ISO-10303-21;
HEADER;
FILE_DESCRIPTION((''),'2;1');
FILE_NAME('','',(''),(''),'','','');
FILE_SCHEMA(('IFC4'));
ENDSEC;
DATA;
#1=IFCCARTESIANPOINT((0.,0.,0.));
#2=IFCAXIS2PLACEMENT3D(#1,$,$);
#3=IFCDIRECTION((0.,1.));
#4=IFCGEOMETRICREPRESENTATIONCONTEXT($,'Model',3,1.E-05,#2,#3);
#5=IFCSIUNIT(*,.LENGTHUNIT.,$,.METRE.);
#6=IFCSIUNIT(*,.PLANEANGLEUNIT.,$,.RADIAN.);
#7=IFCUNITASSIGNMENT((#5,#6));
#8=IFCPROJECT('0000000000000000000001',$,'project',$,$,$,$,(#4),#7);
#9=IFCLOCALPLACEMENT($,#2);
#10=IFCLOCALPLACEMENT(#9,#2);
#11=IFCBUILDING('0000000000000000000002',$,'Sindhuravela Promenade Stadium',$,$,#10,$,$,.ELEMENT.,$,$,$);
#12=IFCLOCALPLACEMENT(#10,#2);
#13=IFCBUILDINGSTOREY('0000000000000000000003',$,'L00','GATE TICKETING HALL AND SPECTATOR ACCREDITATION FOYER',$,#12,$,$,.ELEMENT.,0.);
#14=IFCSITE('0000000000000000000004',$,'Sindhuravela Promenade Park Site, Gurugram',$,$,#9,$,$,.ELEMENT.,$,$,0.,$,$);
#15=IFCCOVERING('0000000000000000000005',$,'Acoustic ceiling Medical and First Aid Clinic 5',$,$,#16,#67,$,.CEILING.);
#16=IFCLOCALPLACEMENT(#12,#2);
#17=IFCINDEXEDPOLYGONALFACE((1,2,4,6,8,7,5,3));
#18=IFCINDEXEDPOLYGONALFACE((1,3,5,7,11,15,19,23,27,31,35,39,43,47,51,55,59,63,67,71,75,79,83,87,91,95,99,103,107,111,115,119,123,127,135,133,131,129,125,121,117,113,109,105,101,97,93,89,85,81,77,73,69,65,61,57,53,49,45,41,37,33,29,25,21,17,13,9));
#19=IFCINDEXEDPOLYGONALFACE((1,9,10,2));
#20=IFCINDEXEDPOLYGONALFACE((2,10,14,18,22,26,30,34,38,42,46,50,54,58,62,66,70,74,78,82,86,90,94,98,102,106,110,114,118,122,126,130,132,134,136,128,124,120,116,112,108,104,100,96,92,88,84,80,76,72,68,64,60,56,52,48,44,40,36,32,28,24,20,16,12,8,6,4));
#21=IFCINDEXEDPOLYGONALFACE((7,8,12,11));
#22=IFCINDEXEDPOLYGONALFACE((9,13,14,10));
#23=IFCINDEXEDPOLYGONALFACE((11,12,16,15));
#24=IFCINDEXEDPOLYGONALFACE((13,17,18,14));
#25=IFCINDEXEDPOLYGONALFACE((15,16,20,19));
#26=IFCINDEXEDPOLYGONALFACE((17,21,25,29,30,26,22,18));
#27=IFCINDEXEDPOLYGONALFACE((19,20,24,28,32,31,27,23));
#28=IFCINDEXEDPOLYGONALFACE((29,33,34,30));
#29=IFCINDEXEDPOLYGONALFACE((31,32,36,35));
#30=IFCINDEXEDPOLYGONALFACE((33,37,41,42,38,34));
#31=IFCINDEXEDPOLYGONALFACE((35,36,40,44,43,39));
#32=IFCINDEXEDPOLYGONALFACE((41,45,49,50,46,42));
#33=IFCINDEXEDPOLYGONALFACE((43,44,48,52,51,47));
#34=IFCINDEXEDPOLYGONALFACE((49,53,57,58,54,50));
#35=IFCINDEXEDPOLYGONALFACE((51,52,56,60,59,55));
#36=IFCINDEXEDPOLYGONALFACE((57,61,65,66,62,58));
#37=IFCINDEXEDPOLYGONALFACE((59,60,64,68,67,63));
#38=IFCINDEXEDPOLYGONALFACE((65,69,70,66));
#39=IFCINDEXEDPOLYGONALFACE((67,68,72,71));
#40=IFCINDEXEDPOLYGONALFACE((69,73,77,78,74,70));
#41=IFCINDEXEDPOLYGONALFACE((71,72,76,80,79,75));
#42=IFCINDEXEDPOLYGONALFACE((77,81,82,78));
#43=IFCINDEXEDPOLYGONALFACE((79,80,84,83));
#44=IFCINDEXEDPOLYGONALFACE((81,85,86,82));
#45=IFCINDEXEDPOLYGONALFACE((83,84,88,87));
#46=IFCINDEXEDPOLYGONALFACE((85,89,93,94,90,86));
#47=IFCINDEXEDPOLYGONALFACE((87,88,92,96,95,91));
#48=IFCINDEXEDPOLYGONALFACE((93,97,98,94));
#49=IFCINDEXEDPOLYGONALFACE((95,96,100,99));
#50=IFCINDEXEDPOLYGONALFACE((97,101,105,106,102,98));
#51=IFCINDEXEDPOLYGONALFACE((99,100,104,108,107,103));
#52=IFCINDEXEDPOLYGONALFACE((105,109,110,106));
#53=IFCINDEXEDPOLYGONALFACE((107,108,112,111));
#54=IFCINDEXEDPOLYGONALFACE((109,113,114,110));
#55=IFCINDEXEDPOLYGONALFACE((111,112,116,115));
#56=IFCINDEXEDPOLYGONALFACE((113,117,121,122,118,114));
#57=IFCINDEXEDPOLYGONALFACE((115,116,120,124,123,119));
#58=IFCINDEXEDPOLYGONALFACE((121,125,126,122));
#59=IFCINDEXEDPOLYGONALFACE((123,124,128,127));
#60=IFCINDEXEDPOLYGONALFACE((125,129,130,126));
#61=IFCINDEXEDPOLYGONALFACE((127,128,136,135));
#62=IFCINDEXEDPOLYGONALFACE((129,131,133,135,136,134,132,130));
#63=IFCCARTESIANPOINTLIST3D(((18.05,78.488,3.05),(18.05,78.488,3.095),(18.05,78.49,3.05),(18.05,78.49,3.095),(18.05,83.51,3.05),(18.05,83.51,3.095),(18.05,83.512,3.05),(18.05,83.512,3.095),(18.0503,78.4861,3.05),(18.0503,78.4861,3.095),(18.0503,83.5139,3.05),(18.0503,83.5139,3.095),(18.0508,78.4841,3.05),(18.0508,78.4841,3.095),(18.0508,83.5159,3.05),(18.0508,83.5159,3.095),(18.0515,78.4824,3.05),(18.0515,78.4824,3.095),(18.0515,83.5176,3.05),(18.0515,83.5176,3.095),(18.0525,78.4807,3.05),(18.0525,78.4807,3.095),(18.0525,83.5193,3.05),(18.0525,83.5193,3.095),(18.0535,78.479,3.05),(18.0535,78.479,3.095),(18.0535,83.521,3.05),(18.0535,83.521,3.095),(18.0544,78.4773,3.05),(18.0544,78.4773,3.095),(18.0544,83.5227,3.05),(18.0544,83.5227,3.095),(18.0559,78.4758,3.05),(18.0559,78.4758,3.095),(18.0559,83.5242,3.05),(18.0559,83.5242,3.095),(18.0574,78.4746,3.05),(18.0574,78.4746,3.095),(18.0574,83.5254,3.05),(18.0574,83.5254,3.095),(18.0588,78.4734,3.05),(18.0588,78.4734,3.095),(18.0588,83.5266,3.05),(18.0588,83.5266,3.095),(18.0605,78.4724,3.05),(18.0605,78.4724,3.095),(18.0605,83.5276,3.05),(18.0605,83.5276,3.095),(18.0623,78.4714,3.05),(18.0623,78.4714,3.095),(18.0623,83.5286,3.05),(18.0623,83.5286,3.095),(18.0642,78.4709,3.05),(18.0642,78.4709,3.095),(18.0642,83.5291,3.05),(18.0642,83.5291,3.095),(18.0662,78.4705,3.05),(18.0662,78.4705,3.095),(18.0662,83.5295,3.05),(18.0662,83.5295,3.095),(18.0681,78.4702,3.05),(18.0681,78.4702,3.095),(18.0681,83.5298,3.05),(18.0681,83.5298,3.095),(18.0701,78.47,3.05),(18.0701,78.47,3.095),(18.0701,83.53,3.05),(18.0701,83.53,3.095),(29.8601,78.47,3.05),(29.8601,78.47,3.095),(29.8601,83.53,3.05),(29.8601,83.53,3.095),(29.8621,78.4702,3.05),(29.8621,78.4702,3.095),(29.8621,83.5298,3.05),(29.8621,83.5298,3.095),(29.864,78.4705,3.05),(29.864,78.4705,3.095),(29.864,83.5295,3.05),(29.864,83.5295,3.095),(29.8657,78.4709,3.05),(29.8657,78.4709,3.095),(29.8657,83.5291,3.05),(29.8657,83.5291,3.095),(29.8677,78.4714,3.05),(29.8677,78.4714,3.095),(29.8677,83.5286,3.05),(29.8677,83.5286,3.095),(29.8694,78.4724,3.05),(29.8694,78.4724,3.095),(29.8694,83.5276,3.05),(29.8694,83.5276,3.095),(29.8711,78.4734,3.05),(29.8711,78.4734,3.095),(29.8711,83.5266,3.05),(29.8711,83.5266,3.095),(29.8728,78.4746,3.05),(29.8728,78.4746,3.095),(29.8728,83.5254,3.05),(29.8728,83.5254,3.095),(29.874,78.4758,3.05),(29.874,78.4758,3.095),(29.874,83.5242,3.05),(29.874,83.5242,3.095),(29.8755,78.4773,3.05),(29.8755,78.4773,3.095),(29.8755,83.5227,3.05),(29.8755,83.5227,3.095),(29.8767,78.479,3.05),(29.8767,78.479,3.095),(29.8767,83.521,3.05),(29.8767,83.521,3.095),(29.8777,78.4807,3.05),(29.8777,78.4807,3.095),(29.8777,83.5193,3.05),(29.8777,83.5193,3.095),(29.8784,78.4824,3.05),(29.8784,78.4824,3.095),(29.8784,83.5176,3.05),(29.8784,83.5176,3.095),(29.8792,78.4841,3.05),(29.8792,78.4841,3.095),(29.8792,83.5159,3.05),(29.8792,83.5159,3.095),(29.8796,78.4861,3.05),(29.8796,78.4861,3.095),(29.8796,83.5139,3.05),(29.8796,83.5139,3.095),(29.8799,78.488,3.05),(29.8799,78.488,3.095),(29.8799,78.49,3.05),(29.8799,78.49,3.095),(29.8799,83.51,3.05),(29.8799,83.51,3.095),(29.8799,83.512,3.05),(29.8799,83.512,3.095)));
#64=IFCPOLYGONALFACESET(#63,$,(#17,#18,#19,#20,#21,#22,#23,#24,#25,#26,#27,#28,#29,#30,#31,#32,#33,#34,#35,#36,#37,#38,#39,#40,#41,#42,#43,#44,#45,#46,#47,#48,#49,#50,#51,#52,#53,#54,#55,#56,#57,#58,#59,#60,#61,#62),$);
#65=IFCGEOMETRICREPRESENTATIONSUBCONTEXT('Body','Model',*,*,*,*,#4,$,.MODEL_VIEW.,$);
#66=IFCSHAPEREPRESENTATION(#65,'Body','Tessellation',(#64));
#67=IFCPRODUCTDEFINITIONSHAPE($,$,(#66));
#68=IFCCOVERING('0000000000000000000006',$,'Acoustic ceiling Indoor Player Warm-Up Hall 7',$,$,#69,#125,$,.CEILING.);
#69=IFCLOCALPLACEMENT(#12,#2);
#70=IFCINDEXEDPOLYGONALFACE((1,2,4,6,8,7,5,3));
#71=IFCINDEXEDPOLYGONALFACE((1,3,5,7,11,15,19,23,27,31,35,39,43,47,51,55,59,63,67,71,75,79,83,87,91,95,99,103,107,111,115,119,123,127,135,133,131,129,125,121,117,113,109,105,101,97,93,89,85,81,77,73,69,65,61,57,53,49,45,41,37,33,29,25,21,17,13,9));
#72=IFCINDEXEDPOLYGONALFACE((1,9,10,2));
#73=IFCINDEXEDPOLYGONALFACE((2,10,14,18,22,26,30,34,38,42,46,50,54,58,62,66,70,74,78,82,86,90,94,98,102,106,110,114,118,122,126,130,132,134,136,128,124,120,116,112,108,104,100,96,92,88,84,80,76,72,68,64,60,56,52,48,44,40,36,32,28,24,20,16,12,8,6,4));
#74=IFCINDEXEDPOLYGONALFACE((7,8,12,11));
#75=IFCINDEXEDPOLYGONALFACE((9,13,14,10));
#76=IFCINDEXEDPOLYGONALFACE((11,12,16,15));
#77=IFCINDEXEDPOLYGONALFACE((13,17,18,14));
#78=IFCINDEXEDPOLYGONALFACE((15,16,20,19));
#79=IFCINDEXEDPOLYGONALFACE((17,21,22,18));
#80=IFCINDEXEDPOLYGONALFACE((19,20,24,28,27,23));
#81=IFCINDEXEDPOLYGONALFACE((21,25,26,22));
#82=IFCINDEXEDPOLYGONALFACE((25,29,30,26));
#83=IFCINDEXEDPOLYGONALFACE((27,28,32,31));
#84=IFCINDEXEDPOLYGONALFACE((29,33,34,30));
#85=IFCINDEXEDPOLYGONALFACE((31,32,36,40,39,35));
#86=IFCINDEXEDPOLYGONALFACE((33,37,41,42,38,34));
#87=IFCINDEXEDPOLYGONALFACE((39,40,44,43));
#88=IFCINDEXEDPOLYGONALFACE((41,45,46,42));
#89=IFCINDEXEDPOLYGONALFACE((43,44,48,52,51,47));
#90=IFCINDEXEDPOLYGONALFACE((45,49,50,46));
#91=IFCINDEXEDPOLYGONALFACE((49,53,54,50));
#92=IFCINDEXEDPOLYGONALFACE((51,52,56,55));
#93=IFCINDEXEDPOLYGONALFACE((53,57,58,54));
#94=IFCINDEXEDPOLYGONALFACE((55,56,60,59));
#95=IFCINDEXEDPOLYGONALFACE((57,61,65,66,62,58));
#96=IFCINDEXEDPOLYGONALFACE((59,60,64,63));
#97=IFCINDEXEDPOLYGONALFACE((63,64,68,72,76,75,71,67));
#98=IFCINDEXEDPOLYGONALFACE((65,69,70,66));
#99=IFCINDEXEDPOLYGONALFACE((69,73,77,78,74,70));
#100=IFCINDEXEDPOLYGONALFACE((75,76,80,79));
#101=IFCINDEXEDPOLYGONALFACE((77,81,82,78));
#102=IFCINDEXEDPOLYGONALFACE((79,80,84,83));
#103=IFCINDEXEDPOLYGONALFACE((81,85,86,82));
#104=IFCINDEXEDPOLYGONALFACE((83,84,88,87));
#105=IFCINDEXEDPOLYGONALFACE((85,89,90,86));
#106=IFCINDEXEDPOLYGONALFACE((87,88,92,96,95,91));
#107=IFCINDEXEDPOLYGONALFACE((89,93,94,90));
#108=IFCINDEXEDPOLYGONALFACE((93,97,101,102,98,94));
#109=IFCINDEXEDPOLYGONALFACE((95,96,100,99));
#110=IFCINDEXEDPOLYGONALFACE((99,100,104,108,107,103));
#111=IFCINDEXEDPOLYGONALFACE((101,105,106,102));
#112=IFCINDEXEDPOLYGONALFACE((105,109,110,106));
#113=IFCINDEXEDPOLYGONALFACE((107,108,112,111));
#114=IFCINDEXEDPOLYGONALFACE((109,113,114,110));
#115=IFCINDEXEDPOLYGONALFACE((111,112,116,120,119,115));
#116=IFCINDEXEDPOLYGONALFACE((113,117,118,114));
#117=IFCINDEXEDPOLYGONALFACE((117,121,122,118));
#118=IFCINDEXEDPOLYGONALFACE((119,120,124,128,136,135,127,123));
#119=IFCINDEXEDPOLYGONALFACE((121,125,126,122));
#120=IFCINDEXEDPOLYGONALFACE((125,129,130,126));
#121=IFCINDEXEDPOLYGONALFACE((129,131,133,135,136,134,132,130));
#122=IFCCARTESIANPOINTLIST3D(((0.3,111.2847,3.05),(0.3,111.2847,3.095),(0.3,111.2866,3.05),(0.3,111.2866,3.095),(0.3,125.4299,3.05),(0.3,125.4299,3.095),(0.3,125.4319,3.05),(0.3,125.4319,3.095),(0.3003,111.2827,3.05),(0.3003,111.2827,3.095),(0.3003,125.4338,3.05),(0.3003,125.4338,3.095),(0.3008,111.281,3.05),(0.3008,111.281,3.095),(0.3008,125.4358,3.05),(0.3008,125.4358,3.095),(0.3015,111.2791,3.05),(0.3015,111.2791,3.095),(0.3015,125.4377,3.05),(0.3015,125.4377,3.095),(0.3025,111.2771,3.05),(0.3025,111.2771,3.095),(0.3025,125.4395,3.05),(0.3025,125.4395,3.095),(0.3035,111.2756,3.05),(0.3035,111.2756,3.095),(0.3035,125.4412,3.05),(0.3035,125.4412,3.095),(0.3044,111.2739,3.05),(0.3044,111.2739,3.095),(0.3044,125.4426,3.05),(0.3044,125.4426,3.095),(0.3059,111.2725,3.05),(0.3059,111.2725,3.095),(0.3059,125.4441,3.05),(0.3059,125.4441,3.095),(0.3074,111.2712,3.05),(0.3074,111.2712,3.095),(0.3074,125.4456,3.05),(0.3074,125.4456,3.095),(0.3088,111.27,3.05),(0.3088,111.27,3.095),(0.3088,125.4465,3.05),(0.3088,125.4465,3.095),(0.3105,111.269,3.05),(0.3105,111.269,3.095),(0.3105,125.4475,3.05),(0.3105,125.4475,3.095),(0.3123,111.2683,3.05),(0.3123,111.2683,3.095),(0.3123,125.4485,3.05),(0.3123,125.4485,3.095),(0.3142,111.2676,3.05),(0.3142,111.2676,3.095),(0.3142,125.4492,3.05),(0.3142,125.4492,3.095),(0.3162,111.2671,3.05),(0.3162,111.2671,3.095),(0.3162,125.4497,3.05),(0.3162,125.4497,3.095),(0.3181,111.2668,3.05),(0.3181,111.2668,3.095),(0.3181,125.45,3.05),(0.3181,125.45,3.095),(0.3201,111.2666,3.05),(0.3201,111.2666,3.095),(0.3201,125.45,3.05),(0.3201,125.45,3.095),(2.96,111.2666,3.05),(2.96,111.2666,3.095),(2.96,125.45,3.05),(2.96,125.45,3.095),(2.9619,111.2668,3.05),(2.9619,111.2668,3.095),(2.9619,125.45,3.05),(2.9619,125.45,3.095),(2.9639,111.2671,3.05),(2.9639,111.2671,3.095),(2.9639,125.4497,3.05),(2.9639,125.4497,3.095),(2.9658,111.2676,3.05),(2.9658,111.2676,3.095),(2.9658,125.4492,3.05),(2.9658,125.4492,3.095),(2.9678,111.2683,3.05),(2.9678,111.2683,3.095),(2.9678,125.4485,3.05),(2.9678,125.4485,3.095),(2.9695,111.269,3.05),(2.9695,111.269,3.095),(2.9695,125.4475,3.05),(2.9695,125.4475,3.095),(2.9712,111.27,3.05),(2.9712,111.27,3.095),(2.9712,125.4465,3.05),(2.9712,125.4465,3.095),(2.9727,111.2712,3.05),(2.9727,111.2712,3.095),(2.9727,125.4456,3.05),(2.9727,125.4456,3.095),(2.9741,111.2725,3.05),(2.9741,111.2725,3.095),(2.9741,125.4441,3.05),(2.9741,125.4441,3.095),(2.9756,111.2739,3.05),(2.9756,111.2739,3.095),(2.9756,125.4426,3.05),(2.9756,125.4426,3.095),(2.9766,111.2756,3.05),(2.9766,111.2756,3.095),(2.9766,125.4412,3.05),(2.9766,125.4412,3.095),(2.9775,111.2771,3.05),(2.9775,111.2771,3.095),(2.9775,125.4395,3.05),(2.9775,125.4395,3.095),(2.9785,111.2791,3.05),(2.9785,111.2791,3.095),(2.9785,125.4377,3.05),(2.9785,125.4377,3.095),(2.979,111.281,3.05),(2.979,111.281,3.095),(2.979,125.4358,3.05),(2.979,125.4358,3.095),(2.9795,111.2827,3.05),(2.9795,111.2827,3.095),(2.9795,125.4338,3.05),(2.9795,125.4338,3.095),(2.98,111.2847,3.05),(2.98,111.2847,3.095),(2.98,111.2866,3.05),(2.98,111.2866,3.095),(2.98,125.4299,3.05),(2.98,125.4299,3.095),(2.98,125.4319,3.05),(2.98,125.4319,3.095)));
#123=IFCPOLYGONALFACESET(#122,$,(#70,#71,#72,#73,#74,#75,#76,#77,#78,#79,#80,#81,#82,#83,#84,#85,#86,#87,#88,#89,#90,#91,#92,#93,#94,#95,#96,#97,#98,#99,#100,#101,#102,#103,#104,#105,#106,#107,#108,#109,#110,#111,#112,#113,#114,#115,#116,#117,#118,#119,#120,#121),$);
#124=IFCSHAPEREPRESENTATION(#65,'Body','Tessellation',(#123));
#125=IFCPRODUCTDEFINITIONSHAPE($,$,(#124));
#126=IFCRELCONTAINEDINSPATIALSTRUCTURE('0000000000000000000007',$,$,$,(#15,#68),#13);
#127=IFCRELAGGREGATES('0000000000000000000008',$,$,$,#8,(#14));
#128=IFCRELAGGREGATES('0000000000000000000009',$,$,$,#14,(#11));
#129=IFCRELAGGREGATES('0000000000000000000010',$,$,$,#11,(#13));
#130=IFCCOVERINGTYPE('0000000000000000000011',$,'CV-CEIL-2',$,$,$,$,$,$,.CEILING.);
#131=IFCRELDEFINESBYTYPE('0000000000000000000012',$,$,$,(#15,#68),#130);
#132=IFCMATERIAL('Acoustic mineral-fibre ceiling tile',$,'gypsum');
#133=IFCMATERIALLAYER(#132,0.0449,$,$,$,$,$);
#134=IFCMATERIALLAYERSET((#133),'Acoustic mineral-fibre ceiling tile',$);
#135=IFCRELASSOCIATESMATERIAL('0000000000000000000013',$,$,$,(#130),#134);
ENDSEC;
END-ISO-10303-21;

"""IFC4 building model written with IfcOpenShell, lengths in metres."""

from ifc_helpers import new_model, si_unit, direction, frame, origin, place, context, subcontext, project, spatial, polyline, outline, extrude, material, layer, layer_set, type_object, element, save


model = new_model("IFC4")

# Units and contexts
model_context = context("Model", 3, precision=1e-05, world=origin(), true_north=direction((0.0, 1.0)))
body_context = subcontext(model_context, "Body", "Model", "MODEL_VIEW")
ifc_project = project(units=[si_unit("LENGTHUNIT", "METRE"), si_unit("PLANEANGLEUNIT", "RADIAN")], contexts=[model_context])

# Site, building, storey
site_placement = place(None, origin())
site = spatial("IfcSite", under=ifc_project, at=site_placement, Name="Sindhuravela Promenade Park Site, Gurugram", CompositionType="ELEMENT", RefElevation=0.0)
building_placement = place(site_placement, origin())
building = spatial("IfcBuilding", under=site, at=building_placement, Name="Sindhuravela Promenade Stadium", CompositionType="ELEMENT")
storey_placement = place(building_placement, origin())
storey = spatial("IfcBuildingStorey", under=building, at=storey_placement, Name="L00", Description="GATE TICKETING HALL AND SPECTATOR ACCREDITATION FOYER", CompositionType="ELEMENT", Elevation=0.0)

# Coverings
ifc_material = material(Name="Acoustic mineral-fibre ceiling tile", Category="gypsum")
ifc_layer_1 = layer(ifc_material, 0.0449)
ifc_layer_set_1 = layer_set([ifc_layer_1], Name="Acoustic mineral-fibre ceiling tile")
covering_type_1 = type_object("IfcCoveringType", Name="CV-CEIL-2", PredefinedType="CEILING", material=ifc_layer_set_1)
covering_1_placement = place(storey_placement, frame((0.0, 0.0, 3.05)))
element("IfcCovering", 1, at=covering_1_placement, inside=storey, type_object=covering_type_1, Name="Acoustic ceiling Medical and First Aid Clinic 5", PredefinedType="CEILING", context=body_context, shape_type="SweptSolid", body=[
    extrude(outline(polyline([(18.0701, 78.47), (18.0681, 78.4702), (18.0662, 78.4705), (18.0642, 78.4709), (18.0623, 78.4714), (18.0605, 78.4724), (18.0588, 78.4734), (18.0574, 78.4746), (18.0559, 78.4758), (18.0544, 78.4773), (18.0535, 78.479), (18.0525, 78.4807), (18.0515, 78.4824), (18.0508, 78.4841), (18.0503, 78.4861), (18.05, 78.488), (18.05, 78.49), (18.05, 83.51), (18.05, 83.512), (18.0503, 83.5139), (18.0508, 83.5159), (18.0515, 83.5176), (18.0525, 83.5193), (18.0535, 83.521), (18.0544, 83.5227), (18.0559, 83.5242), (18.0574, 83.5254), (18.0588, 83.5266), (18.0605, 83.5276), (18.0623, 83.5286), (18.0642, 83.5291), (18.0662, 83.5295), (18.0681, 83.5298), (18.0701, 83.53), (29.8601, 83.53), (29.8621, 83.5298), (29.864, 83.5295), (29.8657, 83.5291), (29.8677, 83.5286), (29.8694, 83.5276), (29.8711, 83.5266), (29.8728, 83.5254), (29.874, 83.5242), (29.8755, 83.5227), (29.8767, 83.521), (29.8777, 83.5193), (29.8784, 83.5176), (29.8792, 83.5159), (29.8796, 83.5139), (29.8799, 83.512), (29.8799, 83.51), (29.8799, 78.49), (29.8799, 78.488), (29.8796, 78.4861), (29.8792, 78.4841), (29.8784, 78.4824), (29.8777, 78.4807), (29.8767, 78.479), (29.8755, 78.4773), (29.874, 78.4758), (29.8728, 78.4746), (29.8711, 78.4734), (29.8694, 78.4724), (29.8677, 78.4714), (29.8657, 78.4709), (29.864, 78.4705), (29.8621, 78.4702), (29.8601, 78.47), (18.0701, 78.47)])), origin(), (0.0, 0.0, 1.0), 0.0449),
])
covering_2_placement = place(storey_placement, frame((0.0, 0.0, 3.05)))
element("IfcCovering", 2, at=covering_2_placement, inside=storey, type_object=covering_type_1, Name="Acoustic ceiling Indoor Player Warm-Up Hall 7", PredefinedType="CEILING", context=body_context, shape_type="SweptSolid", body=[
    extrude(outline(polyline([(2.96, 125.45), (2.9619, 125.45), (2.9639, 125.4497), (2.9658, 125.4492), (2.9678, 125.4485), (2.9695, 125.4475), (2.9712, 125.4465), (2.9727, 125.4456), (2.9741, 125.4441), (2.9756, 125.4426), (2.9766, 125.4412), (2.9775, 125.4395), (2.9785, 125.4377), (2.979, 125.4358), (2.9795, 125.4338), (2.98, 125.4319), (2.98, 125.4299), (2.98, 111.2866), (2.98, 111.2847), (2.9795, 111.2827), (2.979, 111.281), (2.9785, 111.2791), (2.9775, 111.2771), (2.9766, 111.2756), (2.9756, 111.2739), (2.9741, 111.2725), (2.9727, 111.2712), (2.9712, 111.27), (2.9695, 111.269), (2.9678, 111.2683), (2.9658, 111.2676), (2.9639, 111.2671), (2.9619, 111.2668), (2.96, 111.2666), (0.3201, 111.2666), (0.3181, 111.2668), (0.3162, 111.2671), (0.3142, 111.2676), (0.3123, 111.2683), (0.3105, 111.269), (0.3088, 111.27), (0.3074, 111.2712), (0.3059, 111.2725), (0.3044, 111.2739), (0.3035, 111.2756), (0.3025, 111.2771), (0.3015, 111.2791), (0.3008, 111.281), (0.3003, 111.2827), (0.3, 111.2847), (0.3, 111.2866), (0.3, 125.4299), (0.3, 125.4319), (0.3003, 125.4338), (0.3008, 125.4358), (0.3015, 125.4377), (0.3025, 125.4395), (0.3035, 125.4412), (0.3044, 125.4426), (0.3059, 125.4441), (0.3074, 125.4456), (0.3088, 125.4465), (0.3105, 125.4475), (0.3123, 125.4485), (0.3142, 125.4492), (0.3162, 125.4497), (0.3181, 125.45), (0.3201, 125.45), (2.96, 125.45)])), origin(), (0.0, 0.0, 1.0), 0.0449),
])

save(model, "model.ifc")
